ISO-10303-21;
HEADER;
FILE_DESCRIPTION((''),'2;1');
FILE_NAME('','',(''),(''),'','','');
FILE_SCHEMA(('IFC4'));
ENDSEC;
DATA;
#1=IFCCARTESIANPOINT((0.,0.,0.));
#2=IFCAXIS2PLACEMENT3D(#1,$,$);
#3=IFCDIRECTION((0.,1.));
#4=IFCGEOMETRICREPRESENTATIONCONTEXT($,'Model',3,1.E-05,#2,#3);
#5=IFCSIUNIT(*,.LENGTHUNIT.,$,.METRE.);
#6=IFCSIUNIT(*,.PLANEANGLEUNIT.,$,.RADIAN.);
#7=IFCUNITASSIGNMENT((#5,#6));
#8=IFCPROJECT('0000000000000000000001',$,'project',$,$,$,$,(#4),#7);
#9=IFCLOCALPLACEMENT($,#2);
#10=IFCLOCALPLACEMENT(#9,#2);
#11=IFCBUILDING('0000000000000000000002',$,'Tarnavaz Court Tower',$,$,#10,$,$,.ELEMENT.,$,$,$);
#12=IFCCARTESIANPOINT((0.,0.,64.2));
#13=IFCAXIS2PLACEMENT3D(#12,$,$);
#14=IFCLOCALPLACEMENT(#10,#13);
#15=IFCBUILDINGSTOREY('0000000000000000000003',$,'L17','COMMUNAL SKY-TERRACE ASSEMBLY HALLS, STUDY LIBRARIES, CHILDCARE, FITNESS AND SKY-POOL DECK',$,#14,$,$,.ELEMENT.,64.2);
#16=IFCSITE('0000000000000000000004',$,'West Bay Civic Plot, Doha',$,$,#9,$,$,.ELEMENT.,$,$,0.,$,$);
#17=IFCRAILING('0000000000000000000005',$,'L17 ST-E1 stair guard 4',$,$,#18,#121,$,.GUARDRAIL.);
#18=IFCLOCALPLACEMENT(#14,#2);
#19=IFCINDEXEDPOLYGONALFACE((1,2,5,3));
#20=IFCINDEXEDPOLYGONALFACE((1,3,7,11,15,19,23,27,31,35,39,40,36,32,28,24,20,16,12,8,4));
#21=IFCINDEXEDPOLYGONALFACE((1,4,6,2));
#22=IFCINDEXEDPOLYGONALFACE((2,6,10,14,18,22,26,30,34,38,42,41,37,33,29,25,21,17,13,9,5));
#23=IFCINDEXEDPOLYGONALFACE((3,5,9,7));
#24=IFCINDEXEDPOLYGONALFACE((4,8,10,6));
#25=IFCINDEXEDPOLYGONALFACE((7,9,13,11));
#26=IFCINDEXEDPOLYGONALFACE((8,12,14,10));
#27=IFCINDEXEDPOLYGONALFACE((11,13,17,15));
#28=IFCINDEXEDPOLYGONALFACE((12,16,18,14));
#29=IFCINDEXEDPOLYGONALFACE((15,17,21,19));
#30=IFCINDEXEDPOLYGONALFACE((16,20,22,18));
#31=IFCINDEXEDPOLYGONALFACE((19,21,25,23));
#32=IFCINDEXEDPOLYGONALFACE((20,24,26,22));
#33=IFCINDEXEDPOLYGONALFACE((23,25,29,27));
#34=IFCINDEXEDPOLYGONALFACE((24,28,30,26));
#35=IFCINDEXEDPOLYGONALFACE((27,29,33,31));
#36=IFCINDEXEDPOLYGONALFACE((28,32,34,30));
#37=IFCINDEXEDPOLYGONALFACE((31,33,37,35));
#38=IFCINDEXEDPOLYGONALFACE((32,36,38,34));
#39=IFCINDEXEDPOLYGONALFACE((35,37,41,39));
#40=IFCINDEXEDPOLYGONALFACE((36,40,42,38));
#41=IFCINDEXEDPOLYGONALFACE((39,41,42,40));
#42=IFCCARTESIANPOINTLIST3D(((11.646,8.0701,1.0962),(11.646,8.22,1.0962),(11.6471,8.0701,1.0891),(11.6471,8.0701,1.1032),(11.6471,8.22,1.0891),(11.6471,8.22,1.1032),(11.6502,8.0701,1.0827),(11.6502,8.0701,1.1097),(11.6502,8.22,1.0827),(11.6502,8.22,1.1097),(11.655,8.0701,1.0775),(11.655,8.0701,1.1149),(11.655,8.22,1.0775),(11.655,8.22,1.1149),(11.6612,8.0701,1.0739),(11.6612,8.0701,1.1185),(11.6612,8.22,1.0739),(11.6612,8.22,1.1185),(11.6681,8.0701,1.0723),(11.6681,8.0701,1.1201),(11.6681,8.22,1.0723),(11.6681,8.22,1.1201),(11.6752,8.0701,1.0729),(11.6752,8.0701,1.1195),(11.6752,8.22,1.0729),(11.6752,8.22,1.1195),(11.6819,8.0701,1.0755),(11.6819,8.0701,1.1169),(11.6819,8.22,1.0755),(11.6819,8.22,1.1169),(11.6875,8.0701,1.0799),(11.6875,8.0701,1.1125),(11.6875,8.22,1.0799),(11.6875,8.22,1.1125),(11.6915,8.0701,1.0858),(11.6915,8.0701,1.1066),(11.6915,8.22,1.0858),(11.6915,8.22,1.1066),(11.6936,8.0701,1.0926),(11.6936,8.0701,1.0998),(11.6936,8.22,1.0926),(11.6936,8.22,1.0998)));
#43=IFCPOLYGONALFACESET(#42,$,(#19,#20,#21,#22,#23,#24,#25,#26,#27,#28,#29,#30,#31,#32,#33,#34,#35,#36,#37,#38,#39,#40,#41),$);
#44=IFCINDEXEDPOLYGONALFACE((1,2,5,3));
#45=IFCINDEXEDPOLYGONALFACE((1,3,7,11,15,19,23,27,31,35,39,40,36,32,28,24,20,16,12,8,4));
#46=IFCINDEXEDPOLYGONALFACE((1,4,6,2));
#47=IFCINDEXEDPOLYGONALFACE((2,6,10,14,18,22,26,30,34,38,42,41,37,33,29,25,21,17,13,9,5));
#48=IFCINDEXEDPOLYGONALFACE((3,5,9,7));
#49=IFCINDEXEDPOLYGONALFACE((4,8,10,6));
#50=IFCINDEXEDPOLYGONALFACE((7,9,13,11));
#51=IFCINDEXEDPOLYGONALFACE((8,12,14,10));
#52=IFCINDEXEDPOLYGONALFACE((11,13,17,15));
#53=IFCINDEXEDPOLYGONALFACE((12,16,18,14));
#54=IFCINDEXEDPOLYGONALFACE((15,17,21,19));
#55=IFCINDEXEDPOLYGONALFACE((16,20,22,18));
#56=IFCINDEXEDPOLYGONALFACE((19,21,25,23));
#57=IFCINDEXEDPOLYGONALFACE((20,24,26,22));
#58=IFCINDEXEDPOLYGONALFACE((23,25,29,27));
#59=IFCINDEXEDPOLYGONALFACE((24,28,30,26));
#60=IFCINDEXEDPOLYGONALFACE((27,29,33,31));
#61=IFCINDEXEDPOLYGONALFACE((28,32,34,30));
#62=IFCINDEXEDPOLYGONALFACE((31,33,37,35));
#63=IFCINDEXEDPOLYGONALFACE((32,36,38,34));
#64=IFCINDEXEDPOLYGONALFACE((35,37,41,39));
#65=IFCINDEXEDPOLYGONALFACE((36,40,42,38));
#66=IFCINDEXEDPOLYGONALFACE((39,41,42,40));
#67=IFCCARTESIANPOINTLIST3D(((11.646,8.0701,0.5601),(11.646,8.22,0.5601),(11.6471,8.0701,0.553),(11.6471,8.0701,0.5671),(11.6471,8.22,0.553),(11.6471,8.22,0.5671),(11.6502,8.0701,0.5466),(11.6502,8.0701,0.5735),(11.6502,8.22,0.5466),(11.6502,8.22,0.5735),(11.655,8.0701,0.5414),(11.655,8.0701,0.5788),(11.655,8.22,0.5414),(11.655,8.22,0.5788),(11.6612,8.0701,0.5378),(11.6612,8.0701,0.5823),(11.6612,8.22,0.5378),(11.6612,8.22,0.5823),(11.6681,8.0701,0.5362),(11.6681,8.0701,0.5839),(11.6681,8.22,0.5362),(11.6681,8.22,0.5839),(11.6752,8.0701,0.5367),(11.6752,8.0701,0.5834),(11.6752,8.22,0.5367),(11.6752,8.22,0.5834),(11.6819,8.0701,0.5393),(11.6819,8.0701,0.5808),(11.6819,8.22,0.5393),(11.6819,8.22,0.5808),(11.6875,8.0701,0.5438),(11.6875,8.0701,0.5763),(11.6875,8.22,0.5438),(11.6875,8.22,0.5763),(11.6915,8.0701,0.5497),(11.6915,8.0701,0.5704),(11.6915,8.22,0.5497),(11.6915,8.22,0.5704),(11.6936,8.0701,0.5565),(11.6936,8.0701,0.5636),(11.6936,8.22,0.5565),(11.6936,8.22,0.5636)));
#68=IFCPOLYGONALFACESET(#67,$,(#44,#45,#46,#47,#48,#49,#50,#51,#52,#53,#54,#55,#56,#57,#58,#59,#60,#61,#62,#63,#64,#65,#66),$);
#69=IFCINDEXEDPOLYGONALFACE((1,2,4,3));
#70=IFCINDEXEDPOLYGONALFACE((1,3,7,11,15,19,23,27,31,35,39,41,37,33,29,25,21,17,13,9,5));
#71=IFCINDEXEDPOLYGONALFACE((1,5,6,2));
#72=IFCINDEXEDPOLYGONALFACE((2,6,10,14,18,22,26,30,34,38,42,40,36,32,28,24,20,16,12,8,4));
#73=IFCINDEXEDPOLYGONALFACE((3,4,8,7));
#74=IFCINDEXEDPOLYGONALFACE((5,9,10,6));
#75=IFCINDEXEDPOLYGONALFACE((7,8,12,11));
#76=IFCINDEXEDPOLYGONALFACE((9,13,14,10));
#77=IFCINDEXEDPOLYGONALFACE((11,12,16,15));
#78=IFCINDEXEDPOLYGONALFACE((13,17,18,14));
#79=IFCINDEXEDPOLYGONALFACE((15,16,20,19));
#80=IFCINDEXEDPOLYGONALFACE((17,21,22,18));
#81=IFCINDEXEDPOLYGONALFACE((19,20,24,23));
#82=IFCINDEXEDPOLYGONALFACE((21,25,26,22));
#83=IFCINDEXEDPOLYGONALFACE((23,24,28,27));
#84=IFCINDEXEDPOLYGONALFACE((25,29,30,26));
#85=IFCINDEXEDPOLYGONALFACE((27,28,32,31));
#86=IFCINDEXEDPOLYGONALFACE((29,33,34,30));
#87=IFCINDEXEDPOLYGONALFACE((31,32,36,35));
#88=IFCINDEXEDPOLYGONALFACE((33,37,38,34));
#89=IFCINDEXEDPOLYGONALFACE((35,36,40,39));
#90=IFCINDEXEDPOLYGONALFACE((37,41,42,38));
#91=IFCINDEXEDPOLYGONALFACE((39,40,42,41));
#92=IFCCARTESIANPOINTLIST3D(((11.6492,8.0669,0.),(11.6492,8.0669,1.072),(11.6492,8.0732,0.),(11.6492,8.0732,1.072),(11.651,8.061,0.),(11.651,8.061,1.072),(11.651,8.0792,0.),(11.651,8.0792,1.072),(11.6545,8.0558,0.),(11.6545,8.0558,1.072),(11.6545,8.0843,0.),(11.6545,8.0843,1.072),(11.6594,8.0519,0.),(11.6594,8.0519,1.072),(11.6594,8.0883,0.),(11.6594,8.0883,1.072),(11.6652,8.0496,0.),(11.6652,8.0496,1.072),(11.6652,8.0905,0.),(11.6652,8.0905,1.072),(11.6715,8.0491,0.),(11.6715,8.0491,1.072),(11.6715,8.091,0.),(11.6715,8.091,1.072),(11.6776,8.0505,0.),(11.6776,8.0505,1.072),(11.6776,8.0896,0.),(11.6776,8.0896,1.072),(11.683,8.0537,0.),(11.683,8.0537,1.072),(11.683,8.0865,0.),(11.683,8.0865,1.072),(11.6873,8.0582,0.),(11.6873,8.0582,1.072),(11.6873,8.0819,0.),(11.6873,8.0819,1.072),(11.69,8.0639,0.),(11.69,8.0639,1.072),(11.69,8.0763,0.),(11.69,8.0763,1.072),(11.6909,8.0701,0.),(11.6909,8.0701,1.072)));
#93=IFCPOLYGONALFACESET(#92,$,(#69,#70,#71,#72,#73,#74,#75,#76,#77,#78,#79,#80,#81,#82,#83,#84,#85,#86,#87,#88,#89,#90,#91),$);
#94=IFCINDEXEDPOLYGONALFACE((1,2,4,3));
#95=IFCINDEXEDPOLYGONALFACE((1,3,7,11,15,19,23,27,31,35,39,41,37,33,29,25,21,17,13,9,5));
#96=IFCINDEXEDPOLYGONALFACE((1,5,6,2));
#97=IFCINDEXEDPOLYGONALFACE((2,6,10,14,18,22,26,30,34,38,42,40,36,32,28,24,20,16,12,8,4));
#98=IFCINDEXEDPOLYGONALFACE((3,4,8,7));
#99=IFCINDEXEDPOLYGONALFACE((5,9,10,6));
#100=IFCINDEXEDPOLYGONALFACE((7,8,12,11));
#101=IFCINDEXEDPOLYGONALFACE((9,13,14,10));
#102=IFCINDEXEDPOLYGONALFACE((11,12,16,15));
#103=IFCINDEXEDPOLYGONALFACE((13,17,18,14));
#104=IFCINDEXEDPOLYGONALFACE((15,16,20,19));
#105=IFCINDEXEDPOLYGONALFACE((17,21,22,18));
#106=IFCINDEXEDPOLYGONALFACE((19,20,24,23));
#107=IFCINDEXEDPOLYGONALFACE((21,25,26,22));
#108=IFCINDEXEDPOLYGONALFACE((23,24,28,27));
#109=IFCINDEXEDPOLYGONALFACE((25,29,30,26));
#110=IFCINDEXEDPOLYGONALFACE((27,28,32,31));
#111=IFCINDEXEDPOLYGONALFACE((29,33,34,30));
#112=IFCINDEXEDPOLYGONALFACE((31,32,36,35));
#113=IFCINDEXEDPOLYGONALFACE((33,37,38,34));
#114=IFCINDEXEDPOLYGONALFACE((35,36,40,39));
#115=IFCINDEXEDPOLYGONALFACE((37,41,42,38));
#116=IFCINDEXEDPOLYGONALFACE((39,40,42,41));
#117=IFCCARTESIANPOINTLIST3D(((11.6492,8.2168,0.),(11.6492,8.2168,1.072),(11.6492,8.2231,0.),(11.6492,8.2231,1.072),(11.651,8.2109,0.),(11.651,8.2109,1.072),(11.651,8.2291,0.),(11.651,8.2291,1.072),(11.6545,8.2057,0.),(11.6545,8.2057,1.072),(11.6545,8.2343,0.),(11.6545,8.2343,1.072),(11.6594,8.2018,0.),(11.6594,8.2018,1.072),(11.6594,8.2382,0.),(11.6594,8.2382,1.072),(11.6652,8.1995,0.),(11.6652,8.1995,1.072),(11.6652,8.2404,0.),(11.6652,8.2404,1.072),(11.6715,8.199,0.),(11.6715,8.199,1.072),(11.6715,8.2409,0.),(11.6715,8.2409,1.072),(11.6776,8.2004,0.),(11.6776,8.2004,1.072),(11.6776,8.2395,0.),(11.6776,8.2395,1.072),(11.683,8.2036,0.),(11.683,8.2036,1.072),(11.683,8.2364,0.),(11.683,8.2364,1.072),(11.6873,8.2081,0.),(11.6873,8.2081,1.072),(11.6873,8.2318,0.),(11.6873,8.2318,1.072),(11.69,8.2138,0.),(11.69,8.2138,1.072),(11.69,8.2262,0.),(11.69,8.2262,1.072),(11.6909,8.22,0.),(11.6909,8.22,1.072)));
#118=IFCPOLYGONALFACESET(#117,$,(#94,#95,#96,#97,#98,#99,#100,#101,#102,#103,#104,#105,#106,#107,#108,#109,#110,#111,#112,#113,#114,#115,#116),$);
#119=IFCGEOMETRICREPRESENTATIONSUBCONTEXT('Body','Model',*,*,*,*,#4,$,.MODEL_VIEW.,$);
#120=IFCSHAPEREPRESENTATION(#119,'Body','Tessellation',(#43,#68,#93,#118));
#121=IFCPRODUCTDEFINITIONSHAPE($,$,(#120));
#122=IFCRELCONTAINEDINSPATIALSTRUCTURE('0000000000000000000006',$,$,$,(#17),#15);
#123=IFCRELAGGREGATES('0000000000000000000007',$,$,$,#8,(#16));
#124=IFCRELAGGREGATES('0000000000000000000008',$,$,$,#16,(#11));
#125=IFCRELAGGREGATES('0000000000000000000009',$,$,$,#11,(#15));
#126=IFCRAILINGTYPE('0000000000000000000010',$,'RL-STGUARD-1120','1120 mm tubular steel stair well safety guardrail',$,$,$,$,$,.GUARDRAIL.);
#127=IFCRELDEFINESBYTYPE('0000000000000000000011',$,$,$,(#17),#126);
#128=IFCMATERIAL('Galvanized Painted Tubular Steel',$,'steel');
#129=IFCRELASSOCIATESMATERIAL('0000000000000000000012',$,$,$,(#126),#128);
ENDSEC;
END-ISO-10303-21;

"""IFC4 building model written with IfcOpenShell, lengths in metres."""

from ifc_helpers import new_model, si_unit, direction, frame, origin, origin_2d, place, context, subcontext, project, spatial, circle, extrude, material, type_object, element, save


model = new_model("IFC4")

# Units and contexts
model_context = context("Model", 3, precision=1e-05, world=origin(), true_north=direction((0.0, 1.0)))
body_context = subcontext(model_context, "Body", "Model", "MODEL_VIEW")
ifc_project = project(units=[si_unit("LENGTHUNIT", "METRE"), si_unit("PLANEANGLEUNIT", "RADIAN")], contexts=[model_context])

# Site, building, storey
site_placement = place(None, origin())
site = spatial("IfcSite", under=ifc_project, at=site_placement, Name="West Bay Civic Plot, Doha", CompositionType="ELEMENT", RefElevation=0.0)
building_placement = place(site_placement, origin())
building = spatial("IfcBuilding", under=site, at=building_placement, Name="Tarnavaz Court Tower", CompositionType="ELEMENT")
storey_placement = place(building_placement, frame((0.0, 0.0, 64.2)))
storey = spatial("IfcBuildingStorey", under=building, at=storey_placement, Name="L17", Description="COMMUNAL SKY-TERRACE ASSEMBLY HALLS, STUDY LIBRARIES, CHILDCARE, FITNESS AND SKY-POOL DECK", CompositionType="ELEMENT", Elevation=64.2)

# Railing
ifc_material_1 = material(Name="Galvanized Painted Tubular Steel", Category="steel")
railing_type_1 = type_object("IfcRailingType", Name="RL-STGUARD-1120", Description="1120 mm tubular steel stair well safety guardrail", PredefinedType="GUARDRAIL", material=ifc_material_1)
railing_1_placement = place(storey_placement, frame((11.6699, 8.0701, 0.0)))
element("IfcRailing", 1, at=railing_1_placement, inside=storey, type_object=railing_type_1, Name="L17 ST-E1 stair guard 4", PredefinedType="GUARDRAIL", context=body_context, shape_type="SweptSolid", body=[
    extrude(circle(Radius=0.0239, at=origin_2d()), frame((0.0, 0.0, 1.0962), z_axis=(0.0, 1.0, 0.0), x_axis=(-1.0, 0.0, 0.0)), (0.0, 0.0, 1.0), 0.1499),
    extrude(circle(Radius=0.0239, at=origin_2d()), frame((0.0, 0.0, 0.5601), z_axis=(0.0, 1.0, 0.0), x_axis=(-1.0, 0.0, 0.0)), (0.0, 0.0, 1.0), 0.1499),
    extrude(circle(Radius=0.021, at=origin_2d()), origin(), (0.0, 0.0, 1.0), 1.072),
    extrude(circle(Radius=0.021, at=origin_2d()), frame((0.0, 0.1499, 0.0)), (0.0, 0.0, 1.0), 1.072),
])

save(model, "model.ifc")
